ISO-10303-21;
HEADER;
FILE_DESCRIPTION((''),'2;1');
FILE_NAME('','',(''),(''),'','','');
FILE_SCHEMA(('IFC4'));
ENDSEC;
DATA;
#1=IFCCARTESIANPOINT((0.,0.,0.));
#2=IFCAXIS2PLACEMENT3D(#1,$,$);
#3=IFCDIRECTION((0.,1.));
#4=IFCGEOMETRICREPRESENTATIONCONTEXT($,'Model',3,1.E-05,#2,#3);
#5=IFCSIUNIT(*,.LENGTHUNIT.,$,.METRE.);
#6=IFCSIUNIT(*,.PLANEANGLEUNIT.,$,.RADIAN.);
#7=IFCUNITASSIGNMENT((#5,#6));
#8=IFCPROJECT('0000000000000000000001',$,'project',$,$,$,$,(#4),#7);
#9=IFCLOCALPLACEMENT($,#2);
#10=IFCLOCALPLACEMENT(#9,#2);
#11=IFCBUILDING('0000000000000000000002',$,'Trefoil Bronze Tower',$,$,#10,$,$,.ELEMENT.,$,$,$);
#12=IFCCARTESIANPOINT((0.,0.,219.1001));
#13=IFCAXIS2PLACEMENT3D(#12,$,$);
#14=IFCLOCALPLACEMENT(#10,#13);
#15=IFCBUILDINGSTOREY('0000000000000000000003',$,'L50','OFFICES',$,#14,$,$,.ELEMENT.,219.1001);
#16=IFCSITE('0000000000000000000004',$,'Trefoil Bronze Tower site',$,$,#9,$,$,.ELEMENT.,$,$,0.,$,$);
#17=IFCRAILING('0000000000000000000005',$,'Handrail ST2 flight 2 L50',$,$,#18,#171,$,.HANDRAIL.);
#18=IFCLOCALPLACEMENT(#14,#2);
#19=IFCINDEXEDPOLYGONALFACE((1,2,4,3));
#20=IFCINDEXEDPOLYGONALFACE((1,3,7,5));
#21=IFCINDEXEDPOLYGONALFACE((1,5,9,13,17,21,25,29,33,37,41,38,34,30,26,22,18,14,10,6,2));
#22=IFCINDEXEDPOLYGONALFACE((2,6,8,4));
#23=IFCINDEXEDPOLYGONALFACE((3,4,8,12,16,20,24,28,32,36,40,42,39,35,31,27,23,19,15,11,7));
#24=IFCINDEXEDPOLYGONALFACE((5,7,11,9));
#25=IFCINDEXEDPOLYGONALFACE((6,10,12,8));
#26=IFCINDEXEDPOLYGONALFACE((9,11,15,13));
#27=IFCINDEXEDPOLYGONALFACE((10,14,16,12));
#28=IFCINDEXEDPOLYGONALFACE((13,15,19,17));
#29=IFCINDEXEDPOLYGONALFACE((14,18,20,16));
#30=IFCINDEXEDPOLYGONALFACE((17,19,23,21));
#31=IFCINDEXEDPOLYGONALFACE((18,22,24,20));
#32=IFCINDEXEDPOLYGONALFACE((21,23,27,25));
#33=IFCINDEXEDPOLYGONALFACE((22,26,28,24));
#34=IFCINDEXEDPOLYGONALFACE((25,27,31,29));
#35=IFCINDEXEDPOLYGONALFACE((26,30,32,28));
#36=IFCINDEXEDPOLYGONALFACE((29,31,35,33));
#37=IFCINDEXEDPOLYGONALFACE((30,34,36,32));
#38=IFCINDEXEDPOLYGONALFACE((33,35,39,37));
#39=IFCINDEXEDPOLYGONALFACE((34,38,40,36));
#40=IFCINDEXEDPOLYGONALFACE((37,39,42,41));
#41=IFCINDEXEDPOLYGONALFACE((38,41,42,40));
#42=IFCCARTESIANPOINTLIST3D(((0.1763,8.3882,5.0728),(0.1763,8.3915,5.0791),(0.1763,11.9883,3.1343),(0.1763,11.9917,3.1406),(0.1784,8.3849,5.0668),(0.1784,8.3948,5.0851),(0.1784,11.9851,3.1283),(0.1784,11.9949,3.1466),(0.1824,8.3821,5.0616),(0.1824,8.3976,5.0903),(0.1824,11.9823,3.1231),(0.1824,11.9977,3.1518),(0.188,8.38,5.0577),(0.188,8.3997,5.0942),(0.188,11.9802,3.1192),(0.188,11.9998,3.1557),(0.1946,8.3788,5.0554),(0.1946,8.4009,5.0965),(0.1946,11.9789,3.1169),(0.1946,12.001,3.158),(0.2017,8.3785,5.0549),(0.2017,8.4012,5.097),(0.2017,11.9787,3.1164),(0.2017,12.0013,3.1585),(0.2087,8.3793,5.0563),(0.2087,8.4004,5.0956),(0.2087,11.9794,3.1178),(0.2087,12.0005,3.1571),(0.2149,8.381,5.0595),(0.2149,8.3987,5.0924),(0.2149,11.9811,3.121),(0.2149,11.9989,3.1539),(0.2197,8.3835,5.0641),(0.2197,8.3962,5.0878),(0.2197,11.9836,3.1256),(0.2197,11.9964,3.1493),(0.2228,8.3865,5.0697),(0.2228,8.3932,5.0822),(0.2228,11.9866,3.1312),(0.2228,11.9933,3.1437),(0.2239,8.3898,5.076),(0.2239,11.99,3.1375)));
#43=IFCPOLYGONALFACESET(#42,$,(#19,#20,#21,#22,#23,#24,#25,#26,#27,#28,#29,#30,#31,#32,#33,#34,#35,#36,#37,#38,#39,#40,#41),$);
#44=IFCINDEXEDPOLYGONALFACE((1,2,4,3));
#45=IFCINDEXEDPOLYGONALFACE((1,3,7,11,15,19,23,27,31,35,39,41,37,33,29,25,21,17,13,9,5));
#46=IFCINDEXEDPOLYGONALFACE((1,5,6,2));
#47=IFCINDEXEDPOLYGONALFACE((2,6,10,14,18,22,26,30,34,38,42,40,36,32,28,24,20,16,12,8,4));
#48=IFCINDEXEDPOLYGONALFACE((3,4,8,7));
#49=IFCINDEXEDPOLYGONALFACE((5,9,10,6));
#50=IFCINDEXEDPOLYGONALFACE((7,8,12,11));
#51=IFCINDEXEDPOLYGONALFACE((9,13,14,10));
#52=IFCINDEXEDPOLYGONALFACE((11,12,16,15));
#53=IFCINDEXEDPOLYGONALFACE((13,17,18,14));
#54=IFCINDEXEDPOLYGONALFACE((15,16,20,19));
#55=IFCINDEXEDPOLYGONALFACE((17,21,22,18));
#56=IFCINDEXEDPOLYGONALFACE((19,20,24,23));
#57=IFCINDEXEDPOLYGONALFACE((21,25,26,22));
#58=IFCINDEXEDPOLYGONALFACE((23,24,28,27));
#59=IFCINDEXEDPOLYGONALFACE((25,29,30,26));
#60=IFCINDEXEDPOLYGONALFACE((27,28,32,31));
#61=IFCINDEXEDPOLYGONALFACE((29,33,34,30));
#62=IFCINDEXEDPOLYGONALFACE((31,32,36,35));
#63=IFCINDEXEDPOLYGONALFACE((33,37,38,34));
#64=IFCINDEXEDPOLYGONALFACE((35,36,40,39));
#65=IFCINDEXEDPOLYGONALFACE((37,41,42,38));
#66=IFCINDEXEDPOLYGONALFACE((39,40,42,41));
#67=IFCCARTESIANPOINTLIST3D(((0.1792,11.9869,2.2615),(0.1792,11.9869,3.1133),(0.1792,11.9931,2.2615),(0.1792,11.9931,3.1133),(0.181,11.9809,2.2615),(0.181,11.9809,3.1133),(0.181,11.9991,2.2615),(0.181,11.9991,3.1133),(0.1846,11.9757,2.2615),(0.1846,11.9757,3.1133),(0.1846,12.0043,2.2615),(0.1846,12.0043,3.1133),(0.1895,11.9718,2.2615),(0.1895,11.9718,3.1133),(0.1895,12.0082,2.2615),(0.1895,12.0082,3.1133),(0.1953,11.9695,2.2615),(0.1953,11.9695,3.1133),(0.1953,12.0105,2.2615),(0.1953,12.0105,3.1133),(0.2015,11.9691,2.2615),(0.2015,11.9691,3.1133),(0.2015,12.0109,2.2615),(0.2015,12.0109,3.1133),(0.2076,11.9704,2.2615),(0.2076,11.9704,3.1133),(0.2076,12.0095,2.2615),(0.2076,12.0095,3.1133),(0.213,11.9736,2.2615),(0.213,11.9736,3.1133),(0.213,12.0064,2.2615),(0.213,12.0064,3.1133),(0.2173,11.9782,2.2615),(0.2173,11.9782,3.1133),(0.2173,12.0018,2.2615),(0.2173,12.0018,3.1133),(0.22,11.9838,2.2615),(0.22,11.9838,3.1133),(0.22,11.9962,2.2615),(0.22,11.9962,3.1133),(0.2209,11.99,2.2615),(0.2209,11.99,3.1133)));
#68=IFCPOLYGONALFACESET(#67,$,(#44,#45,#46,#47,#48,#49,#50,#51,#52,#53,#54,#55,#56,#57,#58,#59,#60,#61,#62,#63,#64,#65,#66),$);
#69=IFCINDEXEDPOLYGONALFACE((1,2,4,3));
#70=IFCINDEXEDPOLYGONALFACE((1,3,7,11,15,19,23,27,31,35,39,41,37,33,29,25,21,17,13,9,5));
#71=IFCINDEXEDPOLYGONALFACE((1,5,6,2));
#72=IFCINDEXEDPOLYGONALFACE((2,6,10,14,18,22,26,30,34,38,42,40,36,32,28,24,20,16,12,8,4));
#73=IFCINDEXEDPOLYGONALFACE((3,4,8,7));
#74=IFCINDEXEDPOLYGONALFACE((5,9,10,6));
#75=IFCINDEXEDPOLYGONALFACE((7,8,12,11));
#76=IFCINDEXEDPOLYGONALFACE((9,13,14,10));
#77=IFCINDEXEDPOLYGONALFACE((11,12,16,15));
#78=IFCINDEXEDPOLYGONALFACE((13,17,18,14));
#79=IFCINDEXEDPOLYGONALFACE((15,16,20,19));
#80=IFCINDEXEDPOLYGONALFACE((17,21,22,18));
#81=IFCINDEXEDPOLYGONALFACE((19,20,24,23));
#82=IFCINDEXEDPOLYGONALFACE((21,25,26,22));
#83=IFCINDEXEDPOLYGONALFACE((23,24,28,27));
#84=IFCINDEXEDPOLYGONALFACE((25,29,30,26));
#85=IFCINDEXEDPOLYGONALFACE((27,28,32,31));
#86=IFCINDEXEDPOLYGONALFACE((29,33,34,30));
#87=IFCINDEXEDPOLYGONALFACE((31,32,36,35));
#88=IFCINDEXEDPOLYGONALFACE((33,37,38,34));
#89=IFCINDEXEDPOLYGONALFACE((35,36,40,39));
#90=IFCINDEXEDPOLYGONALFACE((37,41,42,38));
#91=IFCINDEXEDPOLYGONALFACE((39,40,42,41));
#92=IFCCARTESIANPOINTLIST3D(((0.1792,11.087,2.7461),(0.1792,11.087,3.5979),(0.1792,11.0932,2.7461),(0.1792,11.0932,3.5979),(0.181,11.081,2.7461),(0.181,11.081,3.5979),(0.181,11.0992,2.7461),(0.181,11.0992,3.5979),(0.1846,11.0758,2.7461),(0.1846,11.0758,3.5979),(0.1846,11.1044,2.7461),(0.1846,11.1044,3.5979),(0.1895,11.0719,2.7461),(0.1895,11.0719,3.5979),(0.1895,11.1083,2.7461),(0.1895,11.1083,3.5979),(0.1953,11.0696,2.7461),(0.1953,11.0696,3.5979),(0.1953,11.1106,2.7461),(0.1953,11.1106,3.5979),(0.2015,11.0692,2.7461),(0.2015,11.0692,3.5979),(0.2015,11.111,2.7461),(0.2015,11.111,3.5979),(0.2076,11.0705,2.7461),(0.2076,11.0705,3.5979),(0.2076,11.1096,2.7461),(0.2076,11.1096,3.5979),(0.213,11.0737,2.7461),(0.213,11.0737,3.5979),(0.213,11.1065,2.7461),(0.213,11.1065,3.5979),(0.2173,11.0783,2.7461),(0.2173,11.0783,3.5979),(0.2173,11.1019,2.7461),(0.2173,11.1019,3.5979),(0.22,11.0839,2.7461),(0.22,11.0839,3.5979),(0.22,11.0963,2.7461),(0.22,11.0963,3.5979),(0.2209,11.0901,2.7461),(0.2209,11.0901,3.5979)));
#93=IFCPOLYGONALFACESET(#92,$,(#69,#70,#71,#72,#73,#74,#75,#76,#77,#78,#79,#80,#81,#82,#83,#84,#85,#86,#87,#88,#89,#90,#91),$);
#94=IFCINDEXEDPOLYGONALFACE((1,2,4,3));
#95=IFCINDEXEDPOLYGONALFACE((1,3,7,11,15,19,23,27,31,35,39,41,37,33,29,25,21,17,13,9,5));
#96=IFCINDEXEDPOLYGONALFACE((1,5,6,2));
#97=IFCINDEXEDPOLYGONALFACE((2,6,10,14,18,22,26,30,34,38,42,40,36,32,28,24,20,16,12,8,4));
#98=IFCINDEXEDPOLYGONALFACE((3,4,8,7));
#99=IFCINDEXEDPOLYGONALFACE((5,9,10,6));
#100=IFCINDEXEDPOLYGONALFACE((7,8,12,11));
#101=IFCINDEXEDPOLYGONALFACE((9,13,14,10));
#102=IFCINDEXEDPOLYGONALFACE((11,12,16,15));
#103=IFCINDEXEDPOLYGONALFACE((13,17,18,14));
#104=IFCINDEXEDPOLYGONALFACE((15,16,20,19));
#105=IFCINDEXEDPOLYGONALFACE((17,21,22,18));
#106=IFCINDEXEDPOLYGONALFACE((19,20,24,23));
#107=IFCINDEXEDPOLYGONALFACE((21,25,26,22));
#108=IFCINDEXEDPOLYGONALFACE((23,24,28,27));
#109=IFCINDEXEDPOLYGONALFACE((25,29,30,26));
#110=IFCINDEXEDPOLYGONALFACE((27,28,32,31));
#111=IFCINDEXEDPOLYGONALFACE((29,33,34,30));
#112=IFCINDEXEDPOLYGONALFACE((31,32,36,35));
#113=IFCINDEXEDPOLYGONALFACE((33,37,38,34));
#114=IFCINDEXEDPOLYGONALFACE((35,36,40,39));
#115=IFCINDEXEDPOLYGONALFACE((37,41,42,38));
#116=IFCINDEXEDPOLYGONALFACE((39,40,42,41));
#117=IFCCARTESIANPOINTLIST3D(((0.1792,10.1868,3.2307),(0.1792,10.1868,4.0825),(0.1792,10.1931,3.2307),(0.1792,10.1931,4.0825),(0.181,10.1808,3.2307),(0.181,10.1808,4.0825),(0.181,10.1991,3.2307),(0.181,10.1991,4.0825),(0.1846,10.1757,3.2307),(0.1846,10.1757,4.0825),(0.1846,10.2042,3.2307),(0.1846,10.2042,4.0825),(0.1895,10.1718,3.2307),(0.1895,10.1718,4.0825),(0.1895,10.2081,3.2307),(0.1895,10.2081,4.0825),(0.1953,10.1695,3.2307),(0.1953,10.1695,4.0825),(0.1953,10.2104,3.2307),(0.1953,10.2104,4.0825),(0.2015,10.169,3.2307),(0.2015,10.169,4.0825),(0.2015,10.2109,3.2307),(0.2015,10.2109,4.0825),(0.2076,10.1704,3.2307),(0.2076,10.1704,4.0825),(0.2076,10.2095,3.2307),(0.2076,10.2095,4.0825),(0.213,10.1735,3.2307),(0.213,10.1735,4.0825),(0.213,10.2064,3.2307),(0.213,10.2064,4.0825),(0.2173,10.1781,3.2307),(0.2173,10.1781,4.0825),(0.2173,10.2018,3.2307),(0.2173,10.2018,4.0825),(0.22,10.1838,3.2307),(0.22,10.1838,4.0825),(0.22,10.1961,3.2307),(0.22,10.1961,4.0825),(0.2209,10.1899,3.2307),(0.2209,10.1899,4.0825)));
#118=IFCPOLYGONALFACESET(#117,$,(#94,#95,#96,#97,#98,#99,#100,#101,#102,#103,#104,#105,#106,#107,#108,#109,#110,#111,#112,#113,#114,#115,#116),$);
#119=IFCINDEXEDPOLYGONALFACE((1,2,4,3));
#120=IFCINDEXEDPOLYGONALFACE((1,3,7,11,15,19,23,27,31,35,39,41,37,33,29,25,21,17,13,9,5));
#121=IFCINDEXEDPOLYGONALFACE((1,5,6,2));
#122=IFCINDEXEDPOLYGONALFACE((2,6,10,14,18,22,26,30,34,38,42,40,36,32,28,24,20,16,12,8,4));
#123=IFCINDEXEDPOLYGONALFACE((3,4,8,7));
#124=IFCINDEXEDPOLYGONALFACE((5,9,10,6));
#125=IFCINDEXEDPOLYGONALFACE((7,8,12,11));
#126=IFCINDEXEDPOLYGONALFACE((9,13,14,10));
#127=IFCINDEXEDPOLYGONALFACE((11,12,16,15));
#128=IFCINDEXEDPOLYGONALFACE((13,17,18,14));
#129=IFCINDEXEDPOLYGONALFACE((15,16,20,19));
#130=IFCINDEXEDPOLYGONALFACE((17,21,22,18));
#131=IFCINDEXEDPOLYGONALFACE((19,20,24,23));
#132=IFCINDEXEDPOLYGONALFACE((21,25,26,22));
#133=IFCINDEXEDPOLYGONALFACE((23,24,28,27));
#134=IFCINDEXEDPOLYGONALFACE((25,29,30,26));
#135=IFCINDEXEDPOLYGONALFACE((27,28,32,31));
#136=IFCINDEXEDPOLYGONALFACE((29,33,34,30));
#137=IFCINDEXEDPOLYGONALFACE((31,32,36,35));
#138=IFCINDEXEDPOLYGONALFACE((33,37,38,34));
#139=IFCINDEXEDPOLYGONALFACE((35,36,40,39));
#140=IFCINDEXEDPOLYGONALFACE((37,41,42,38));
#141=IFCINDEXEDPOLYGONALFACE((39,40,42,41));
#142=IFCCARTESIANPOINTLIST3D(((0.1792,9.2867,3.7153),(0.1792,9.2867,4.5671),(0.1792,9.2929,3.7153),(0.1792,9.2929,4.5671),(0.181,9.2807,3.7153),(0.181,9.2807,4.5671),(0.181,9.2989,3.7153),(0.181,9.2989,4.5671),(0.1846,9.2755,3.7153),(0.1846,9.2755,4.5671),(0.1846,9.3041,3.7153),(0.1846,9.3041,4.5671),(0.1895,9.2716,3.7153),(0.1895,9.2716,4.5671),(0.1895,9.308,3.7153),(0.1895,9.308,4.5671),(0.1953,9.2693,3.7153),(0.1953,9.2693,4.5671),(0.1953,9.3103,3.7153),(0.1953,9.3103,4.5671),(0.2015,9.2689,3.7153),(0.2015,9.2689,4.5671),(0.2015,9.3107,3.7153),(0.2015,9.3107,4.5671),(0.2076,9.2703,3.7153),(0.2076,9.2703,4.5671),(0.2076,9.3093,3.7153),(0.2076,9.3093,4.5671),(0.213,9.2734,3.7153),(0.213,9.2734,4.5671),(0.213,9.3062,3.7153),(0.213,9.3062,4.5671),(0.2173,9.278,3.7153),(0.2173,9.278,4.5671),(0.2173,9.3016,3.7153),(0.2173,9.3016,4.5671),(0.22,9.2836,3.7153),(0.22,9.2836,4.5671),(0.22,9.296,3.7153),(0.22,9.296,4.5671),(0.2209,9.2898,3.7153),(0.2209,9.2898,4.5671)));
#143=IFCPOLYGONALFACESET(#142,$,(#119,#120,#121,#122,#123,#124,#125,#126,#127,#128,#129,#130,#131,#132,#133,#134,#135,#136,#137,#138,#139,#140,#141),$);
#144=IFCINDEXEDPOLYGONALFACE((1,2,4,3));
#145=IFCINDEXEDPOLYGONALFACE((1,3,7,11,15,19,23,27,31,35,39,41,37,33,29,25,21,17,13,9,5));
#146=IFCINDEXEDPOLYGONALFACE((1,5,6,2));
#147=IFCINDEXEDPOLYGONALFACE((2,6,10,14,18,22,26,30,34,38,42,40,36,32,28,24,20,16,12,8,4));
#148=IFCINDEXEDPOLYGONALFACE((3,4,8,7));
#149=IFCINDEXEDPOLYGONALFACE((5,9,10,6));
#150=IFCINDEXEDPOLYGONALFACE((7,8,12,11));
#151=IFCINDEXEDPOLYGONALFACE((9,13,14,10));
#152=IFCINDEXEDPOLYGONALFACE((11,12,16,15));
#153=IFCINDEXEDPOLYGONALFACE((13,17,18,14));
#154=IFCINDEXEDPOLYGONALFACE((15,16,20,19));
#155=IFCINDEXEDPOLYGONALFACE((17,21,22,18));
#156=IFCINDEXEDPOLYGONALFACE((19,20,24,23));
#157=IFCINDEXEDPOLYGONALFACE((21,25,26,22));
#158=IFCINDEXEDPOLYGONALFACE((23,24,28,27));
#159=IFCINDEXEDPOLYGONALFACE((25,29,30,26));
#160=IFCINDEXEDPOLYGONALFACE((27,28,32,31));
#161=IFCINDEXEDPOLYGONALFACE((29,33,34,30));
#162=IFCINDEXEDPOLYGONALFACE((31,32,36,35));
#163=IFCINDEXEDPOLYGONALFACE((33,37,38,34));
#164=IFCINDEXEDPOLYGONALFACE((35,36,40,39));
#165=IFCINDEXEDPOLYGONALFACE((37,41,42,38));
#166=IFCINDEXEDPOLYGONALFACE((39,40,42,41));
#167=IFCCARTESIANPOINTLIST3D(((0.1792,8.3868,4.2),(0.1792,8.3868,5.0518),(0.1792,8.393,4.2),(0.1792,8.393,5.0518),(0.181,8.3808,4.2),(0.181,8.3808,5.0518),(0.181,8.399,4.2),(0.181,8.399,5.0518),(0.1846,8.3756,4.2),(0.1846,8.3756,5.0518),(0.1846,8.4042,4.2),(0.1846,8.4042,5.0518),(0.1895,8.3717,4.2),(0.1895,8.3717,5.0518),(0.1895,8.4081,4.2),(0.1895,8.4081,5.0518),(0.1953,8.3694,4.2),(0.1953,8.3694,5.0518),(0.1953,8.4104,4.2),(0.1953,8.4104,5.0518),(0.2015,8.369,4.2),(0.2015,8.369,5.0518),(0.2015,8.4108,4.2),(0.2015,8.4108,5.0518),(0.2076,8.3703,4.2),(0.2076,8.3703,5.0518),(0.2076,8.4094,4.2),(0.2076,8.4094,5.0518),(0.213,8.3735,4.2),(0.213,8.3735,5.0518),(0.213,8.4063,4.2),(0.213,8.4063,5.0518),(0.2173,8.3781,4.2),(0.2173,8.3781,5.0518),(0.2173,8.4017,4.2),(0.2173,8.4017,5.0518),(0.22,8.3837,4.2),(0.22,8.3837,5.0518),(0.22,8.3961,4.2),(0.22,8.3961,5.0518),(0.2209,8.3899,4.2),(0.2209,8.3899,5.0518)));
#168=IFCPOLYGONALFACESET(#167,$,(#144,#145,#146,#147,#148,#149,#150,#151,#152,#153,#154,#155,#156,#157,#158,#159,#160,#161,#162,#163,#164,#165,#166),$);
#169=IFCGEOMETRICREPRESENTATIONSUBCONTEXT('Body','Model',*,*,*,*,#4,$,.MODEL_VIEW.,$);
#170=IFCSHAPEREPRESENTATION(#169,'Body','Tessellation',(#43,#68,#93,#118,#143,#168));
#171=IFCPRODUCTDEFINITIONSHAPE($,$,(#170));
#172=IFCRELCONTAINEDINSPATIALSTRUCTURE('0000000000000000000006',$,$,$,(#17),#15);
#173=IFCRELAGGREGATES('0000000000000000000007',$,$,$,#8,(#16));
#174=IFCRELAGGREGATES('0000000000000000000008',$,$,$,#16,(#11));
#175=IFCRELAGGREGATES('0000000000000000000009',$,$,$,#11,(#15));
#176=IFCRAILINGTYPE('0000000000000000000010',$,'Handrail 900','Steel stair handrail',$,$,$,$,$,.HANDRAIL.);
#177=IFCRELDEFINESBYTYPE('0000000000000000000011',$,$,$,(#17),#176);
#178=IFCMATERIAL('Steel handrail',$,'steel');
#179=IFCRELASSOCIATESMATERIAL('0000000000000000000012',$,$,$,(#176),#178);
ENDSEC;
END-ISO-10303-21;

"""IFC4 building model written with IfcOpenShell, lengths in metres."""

from ifc_helpers import new_model, si_unit, direction, frame, origin, origin_2d, place, context, subcontext, project, spatial, circle, extrude, material, type_object, element, save


model = new_model("IFC4")

# Units and contexts
model_context = context("Model", 3, precision=1e-05, world=origin(), true_north=direction((0.0, 1.0)))
body_context = subcontext(model_context, "Body", "Model", "MODEL_VIEW")
ifc_project = project(units=[si_unit("LENGTHUNIT", "METRE"), si_unit("PLANEANGLEUNIT", "RADIAN")], contexts=[model_context])

# Site, building, storey
site_placement = place(None, origin())
site = spatial("IfcSite", under=ifc_project, at=site_placement, Name="Trefoil Bronze Tower site", CompositionType="ELEMENT", RefElevation=0.0)
building_placement = place(site_placement, origin())
building = spatial("IfcBuilding", under=site, at=building_placement, Name="Trefoil Bronze Tower", CompositionType="ELEMENT")
storey_placement = place(building_placement, frame((0.0, 0.0, 219.1001)))
storey = spatial("IfcBuildingStorey", under=building, at=storey_placement, Name="L50", Description="OFFICES", CompositionType="ELEMENT", Elevation=219.1001)

# Railing
ifc_material_1 = material(Name="Steel handrail", Category="steel")
railing_type = type_object("IfcRailingType", Name="Handrail 900", Description="Steel stair handrail", PredefinedType="HANDRAIL", material=ifc_material_1)
railing_placement = place(storey_placement, frame((0.2, 11.99, 2.2615)))
element("IfcRailing", 1, at=railing_placement, inside=storey, type_object=railing_type, Name="Handrail ST2 flight 2 L50", PredefinedType="HANDRAIL", context=body_context, shape_type="SweptSolid", body=[
    extrude(circle(Radius=0.0239, at=origin_2d()), frame((0.0, 0.0, 0.876), z_axis=(0.0, -0.880475, 0.474093), x_axis=(1.0, 0.0, 0.0)), (0.0, 0.0, 1.0), 4.0889),
    extrude(circle(Radius=0.021, at=origin_2d()), origin(), (0.0, 0.0, 1.0), 0.8518),
    extrude(circle(Radius=0.021, at=origin_2d()), frame((0.0, -0.8999, 0.4846)), (0.0, 0.0, 1.0), 0.8518),
    extrude(circle(Radius=0.021, at=origin_2d()), frame((0.0, -1.8, 0.9692)), (0.0, 0.0, 1.0), 0.8518),
    extrude(circle(Radius=0.021, at=origin_2d()), frame((0.0, -2.7002, 1.4539)), (0.0, 0.0, 1.0), 0.8518),
    extrude(circle(Radius=0.021, at=origin_2d()), frame((0.0, -3.6001, 1.9385)), (0.0, 0.0, 1.0), 0.8518),
])

save(model, "model.ifc")
